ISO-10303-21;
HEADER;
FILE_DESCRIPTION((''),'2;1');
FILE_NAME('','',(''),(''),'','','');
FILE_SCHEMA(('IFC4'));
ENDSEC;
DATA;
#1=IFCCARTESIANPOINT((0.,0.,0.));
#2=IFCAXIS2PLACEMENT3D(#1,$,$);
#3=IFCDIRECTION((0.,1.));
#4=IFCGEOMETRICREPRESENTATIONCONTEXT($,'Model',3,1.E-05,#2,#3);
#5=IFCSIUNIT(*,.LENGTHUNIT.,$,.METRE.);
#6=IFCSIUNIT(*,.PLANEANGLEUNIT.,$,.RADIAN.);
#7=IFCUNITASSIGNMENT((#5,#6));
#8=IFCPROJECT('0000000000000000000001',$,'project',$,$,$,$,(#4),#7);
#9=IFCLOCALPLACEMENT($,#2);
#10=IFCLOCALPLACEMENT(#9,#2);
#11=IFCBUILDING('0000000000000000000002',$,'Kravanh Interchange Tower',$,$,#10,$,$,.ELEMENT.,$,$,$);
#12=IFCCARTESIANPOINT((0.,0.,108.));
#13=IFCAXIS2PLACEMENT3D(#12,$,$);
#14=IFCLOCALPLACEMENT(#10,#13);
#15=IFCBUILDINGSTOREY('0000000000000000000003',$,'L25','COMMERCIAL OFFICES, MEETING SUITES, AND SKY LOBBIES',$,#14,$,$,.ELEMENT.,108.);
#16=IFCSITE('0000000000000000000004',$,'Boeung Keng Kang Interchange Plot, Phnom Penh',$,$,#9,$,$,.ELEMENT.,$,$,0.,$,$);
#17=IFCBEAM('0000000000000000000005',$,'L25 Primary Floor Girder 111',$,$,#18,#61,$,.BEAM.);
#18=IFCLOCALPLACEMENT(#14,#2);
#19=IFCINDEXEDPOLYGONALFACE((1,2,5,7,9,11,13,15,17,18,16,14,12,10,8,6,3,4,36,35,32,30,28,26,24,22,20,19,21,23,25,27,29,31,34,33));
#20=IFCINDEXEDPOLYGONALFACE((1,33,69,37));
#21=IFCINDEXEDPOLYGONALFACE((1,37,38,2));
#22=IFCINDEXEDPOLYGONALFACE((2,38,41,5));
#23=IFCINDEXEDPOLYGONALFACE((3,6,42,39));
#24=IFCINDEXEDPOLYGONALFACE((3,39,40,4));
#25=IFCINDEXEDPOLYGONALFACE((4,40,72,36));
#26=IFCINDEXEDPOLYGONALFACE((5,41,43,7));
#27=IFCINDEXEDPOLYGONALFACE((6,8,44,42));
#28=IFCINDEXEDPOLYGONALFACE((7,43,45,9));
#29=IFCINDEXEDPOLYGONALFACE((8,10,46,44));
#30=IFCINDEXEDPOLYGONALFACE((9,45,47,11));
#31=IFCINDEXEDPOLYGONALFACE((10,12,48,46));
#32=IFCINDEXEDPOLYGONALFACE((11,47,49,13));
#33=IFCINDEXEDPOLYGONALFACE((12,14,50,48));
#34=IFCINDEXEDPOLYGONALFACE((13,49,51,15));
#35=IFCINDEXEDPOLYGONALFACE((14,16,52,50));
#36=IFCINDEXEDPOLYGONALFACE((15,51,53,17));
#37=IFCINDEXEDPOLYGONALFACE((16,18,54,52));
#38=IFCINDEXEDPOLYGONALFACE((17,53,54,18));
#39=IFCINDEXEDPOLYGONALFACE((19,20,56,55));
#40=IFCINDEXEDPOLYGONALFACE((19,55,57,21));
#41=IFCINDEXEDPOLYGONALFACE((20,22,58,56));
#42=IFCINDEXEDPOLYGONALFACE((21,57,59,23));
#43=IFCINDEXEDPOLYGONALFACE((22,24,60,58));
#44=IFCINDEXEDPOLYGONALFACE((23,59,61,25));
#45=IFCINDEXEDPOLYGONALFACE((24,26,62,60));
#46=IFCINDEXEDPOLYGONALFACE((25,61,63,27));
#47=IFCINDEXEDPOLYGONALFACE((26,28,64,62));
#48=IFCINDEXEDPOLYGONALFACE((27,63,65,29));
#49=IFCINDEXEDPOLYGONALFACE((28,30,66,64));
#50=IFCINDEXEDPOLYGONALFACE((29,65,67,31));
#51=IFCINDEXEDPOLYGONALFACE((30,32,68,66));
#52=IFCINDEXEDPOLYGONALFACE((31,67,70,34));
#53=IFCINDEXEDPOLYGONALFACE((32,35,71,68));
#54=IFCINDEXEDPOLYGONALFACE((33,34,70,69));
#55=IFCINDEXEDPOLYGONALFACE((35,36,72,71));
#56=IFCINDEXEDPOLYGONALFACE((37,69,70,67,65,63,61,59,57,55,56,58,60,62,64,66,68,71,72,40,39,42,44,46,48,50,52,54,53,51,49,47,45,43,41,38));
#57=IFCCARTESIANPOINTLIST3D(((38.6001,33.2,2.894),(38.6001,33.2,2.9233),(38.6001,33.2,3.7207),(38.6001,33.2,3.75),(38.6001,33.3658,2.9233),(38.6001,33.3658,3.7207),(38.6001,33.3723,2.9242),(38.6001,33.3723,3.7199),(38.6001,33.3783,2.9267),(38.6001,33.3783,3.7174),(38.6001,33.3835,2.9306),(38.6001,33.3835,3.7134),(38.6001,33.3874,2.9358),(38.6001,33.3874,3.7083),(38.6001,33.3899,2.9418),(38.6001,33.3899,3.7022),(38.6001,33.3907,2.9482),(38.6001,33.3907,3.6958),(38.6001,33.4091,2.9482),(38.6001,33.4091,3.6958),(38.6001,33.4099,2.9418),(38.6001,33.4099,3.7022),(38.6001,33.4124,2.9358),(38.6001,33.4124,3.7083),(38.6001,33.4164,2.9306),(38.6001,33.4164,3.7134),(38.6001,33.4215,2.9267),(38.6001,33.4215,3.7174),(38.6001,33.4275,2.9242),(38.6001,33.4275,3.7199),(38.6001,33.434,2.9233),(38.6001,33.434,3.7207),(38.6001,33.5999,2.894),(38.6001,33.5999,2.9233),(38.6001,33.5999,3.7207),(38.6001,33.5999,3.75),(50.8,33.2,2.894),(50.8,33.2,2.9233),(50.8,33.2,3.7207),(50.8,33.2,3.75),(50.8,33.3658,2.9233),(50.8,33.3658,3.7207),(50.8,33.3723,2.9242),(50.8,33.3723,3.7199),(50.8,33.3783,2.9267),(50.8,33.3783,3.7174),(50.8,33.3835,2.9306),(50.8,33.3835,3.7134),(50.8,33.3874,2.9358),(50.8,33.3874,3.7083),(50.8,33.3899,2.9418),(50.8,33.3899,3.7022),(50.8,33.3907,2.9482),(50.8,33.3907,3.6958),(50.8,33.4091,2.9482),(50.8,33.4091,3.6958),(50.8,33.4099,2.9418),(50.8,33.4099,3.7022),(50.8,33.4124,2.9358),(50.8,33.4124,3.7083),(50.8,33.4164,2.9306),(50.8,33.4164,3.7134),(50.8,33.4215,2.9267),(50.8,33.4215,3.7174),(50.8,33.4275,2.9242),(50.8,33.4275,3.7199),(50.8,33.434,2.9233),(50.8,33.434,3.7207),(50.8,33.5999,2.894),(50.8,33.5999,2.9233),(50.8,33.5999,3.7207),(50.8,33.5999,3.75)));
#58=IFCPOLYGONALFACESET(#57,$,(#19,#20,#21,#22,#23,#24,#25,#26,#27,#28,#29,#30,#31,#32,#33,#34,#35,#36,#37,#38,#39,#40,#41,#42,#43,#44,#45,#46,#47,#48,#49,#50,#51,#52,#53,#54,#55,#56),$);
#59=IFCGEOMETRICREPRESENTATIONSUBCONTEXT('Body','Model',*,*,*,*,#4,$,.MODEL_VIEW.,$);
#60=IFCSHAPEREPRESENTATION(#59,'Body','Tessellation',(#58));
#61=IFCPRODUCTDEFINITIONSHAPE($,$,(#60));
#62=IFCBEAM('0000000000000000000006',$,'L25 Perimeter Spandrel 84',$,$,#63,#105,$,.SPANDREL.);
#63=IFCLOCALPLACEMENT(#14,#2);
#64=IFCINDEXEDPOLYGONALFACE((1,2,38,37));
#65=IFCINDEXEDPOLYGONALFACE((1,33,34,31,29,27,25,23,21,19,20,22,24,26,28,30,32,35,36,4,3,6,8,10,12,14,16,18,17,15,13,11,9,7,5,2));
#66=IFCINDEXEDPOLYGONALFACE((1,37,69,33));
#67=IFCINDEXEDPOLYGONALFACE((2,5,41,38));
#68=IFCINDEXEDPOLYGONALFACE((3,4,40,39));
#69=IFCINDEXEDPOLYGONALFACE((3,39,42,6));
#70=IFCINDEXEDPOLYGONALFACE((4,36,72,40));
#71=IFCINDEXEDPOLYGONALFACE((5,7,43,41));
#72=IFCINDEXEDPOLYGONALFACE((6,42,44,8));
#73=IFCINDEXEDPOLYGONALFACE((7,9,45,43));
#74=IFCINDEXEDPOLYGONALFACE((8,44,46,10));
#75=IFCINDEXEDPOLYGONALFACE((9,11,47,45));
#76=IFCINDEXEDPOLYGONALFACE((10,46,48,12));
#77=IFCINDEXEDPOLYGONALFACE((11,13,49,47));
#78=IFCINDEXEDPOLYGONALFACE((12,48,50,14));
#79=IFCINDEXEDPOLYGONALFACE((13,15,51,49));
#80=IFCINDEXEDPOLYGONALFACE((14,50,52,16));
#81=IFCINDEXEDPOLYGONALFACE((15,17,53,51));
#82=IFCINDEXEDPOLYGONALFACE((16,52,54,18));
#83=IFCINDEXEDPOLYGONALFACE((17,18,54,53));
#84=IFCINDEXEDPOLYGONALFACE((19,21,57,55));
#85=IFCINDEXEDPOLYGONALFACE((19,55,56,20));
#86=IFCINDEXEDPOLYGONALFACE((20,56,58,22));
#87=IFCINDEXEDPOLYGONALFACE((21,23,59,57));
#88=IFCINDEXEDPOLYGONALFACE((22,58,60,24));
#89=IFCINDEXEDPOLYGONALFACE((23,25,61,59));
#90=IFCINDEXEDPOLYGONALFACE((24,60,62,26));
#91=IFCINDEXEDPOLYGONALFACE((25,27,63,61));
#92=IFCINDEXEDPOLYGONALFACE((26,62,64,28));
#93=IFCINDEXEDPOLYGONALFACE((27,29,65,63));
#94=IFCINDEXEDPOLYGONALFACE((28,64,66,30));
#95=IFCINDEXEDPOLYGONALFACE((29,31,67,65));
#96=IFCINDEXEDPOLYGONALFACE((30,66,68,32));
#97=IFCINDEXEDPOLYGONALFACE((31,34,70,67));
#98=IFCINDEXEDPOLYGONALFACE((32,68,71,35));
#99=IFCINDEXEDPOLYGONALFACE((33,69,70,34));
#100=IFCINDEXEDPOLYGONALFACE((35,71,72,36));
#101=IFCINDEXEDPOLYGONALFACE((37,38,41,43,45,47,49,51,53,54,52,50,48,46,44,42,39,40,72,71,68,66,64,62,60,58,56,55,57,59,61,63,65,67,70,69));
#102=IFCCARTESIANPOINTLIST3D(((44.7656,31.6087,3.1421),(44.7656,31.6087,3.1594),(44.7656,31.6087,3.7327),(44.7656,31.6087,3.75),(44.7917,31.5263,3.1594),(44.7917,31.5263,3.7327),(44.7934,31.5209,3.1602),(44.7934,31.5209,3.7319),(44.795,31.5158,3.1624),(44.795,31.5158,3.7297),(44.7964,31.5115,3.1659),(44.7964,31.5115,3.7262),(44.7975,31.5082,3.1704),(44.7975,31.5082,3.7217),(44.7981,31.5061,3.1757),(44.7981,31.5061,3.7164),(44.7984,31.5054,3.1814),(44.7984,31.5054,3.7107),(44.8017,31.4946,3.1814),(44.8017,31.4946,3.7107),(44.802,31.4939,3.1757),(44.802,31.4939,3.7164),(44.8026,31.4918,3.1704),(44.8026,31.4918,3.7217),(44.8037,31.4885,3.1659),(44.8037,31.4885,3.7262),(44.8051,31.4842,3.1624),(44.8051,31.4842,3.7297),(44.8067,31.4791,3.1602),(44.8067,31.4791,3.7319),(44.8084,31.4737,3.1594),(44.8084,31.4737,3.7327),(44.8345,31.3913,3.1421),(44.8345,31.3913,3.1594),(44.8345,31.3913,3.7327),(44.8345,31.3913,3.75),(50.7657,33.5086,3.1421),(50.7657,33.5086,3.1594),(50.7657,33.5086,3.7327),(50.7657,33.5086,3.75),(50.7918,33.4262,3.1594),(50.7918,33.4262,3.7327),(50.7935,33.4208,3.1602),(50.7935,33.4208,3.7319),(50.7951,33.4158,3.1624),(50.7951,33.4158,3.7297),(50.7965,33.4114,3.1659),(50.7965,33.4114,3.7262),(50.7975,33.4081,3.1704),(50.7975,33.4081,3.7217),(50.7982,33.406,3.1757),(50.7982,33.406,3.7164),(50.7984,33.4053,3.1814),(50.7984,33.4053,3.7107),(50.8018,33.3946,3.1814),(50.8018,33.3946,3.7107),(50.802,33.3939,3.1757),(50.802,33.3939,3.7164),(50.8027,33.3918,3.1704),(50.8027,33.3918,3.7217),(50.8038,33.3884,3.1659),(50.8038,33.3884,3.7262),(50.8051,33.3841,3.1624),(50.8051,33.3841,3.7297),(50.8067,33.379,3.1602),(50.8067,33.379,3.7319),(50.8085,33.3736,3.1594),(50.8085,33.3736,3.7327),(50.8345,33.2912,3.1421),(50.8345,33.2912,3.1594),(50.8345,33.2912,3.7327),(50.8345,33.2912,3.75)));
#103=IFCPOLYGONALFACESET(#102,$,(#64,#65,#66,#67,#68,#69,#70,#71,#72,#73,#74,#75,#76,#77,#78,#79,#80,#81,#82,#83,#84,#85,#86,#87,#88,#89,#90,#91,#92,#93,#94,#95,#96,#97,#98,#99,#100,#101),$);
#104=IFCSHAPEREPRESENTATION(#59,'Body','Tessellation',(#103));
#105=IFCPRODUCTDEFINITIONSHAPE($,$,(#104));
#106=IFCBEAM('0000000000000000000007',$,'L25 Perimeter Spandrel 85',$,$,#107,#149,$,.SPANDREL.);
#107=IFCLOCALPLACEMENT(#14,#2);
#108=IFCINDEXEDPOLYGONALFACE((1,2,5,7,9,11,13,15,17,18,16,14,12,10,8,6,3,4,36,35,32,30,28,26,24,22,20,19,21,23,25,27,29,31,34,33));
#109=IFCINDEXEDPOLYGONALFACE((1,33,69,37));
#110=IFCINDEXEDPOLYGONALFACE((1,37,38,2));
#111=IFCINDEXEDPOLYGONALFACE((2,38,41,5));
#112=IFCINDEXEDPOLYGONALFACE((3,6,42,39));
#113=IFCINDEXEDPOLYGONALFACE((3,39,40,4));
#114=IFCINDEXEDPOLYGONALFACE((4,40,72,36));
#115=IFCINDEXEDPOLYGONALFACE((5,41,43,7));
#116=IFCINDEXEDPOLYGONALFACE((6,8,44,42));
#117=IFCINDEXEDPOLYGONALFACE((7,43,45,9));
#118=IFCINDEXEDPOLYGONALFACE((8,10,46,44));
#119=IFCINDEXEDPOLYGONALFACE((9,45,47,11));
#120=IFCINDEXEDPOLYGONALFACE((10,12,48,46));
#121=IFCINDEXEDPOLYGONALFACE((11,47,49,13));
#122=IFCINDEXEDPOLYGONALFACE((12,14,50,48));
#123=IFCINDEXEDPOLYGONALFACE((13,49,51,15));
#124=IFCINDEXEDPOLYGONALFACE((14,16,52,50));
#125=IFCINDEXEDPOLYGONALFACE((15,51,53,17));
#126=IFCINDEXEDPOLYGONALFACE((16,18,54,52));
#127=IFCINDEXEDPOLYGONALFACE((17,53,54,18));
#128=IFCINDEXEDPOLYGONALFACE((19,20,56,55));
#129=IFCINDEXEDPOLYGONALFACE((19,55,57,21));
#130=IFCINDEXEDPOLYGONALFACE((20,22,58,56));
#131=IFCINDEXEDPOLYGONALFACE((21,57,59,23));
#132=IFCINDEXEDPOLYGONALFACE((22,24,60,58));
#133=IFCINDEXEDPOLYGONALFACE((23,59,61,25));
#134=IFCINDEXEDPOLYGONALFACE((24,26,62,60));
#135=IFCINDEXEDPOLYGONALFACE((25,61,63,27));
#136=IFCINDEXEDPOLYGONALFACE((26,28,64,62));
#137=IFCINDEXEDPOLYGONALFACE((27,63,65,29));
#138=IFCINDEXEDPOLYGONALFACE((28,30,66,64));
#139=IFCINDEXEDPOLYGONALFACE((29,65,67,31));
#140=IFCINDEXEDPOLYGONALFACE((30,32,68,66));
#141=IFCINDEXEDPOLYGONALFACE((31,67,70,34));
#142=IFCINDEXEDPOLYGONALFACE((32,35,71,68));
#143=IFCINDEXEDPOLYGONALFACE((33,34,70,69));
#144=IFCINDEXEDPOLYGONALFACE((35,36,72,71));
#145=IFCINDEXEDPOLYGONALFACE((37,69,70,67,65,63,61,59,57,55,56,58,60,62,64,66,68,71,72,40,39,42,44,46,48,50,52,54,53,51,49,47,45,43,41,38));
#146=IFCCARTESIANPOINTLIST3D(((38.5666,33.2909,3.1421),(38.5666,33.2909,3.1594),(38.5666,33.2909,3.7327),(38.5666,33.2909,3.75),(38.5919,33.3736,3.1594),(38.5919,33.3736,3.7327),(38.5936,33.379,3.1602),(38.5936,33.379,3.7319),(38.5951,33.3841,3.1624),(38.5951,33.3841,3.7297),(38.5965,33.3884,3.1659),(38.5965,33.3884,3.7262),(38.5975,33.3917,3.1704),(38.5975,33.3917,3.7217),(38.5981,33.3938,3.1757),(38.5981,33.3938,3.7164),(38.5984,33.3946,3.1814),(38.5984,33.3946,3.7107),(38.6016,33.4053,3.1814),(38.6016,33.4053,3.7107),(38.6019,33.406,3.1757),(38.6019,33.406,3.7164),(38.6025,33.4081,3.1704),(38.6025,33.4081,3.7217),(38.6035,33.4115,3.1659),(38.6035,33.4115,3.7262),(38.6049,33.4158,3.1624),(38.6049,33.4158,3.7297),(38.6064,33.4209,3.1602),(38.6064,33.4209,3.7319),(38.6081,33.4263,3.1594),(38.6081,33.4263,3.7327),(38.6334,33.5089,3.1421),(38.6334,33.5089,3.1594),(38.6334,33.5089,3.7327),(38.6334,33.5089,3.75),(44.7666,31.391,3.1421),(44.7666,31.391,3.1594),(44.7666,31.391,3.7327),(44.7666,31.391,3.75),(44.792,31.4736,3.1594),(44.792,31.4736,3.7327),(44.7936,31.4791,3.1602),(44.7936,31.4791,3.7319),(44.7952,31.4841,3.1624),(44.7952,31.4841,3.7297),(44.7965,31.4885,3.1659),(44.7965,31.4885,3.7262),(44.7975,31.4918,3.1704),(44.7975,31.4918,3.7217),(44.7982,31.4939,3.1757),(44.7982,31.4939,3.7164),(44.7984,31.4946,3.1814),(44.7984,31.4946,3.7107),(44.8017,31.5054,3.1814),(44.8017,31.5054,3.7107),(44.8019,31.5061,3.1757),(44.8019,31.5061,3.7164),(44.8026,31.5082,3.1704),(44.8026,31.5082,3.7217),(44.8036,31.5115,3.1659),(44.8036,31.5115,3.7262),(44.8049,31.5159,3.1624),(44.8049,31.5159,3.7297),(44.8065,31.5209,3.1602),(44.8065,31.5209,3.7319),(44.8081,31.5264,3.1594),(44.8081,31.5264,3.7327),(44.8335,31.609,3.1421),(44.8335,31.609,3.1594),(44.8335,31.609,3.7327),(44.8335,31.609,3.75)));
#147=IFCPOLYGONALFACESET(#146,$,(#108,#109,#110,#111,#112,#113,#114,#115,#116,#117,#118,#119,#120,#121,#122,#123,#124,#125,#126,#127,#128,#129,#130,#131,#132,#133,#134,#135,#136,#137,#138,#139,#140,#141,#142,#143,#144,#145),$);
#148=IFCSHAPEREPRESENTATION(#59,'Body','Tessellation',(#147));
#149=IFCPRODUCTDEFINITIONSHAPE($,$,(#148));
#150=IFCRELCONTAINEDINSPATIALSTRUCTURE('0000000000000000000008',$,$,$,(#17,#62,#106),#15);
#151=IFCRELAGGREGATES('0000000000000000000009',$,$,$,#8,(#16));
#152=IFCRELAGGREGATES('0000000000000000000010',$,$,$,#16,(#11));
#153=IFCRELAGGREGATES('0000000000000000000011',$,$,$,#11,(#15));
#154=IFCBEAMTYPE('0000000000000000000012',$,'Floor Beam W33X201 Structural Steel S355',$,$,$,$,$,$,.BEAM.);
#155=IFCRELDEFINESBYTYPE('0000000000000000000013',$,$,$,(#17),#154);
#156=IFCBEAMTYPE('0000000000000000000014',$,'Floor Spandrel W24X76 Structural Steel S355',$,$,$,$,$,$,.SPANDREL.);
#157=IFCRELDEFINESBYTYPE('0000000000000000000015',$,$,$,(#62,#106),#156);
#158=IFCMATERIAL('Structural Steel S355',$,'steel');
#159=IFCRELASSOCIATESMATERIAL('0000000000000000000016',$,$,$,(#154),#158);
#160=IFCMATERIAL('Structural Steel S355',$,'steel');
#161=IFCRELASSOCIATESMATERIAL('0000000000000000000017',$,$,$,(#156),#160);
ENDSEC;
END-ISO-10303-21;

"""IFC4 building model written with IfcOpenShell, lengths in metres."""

from ifc_helpers import new_model, si_unit, direction, frame, origin, origin_2d, place, context, subcontext, project, spatial, i_section, extrude, material, material_profile, profile_set, type_object, element, save


model = new_model("IFC4")

# Units and contexts
model_context = context("Model", 3, precision=1e-05, world=origin(), true_north=direction((0.0, 1.0)))
body_context = subcontext(model_context, "Body", "Model", "MODEL_VIEW")
ifc_project = project(units=[si_unit("LENGTHUNIT", "METRE"), si_unit("PLANEANGLEUNIT", "RADIAN")], contexts=[model_context])

# Site, building, storey
site_placement = place(None, origin())
site = spatial("IfcSite", under=ifc_project, at=site_placement, Name="Boeung Keng Kang Interchange Plot, Phnom Penh", CompositionType="ELEMENT", RefElevation=0.0)
building_placement = place(site_placement, origin())
building = spatial("IfcBuilding", under=site, at=building_placement, Name="Kravanh Interchange Tower", CompositionType="ELEMENT")
storey_placement = place(building_placement, frame((0.0, 0.0, 108.0)))
storey = spatial("IfcBuildingStorey", under=building, at=storey_placement, Name="L25", Description="COMMERCIAL OFFICES, MEETING SUITES, AND SKY LOBBIES", CompositionType="ELEMENT", Elevation=108.0)

# Beams
ifc_material_1 = material(Name="Structural Steel S355", Category="steel")
ifc_material_profile_1 = material_profile(ifc_material_1, i_section(OverallWidth=0.3999, OverallDepth=0.856, WebThickness=0.0183, FlangeThickness=0.0293, FilletRadius=0.0249, at=origin_2d()), Name="W33X201")
ifc_profile_set_1 = profile_set([ifc_material_profile_1], Name="Structural Steel S355")
beam_type_1 = type_object("IfcBeamType", Name="Floor Beam W33X201 Structural Steel S355", PredefinedType="BEAM", material=ifc_profile_set_1)
beam_1_placement = place(storey_placement, frame((38.6001, 33.3999, 3.322), z_axis=(1.0, 0.0, 0.0), x_axis=(0.0, 1.0, 0.0)))
element("IfcBeam", 1, at=beam_1_placement, inside=storey, type_object=beam_type_1, Name="L25 Primary Floor Girder 111", PredefinedType="BEAM", context=body_context, shape_type="SweptSolid", body=[
    extrude(i_section(OverallWidth=0.3999, OverallDepth=0.856, WebThickness=0.0183, FlangeThickness=0.0293, FilletRadius=0.0249, at=origin_2d()), origin(), (0.0, 0.0, 1.0), 12.2),
])
ifc_material_2 = material(Name="Structural Steel S355", Category="steel")
ifc_material_profile_2 = material_profile(ifc_material_2, i_section(OverallWidth=0.228, OverallDepth=0.6079, WebThickness=0.0112, FlangeThickness=0.0173, FilletRadius=0.022, at=origin_2d()), Name="W24X76")
ifc_profile_set_2 = profile_set([ifc_material_profile_2], Name="Structural Steel S355")
beam_type_2 = type_object("IfcBeamType", Name="Floor Spandrel W24X76 Structural Steel S355", PredefinedType="SPANDREL", material=ifc_profile_set_2)
beam_2_placement = place(storey_placement, frame((44.8, 31.5, 3.446), z_axis=(0.953347, 0.301878, 0.0), x_axis=(-0.301878, 0.953347, 0.0)))
element("IfcBeam", 2, at=beam_2_placement, inside=storey, type_object=beam_type_2, Name="L25 Perimeter Spandrel 84", PredefinedType="SPANDREL", context=body_context, shape_type="SweptSolid", body=[
    extrude(i_section(OverallWidth=0.228, OverallDepth=0.6079, WebThickness=0.0112, FlangeThickness=0.0173, FilletRadius=0.022, at=origin_2d()), origin(), (0.0, 0.0, 1.0), 6.2937),
])
beam_3_placement = place(storey_placement, frame((44.8, 31.5, 3.446), z_axis=(-0.956115, 0.29299, 0.0), x_axis=(-0.29299, -0.956115, 0.0)))
element("IfcBeam", 3, at=beam_3_placement, inside=storey, type_object=beam_type_2, Name="L25 Perimeter Spandrel 85", PredefinedType="SPANDREL", context=body_context, shape_type="SweptSolid", body=[
    extrude(i_section(OverallWidth=0.228, OverallDepth=0.6079, WebThickness=0.0112, FlangeThickness=0.0173, FilletRadius=0.022, at=origin_2d()), origin(), (0.0, 0.0, 1.0), 6.4846),
])

save(model, "model.ifc")
